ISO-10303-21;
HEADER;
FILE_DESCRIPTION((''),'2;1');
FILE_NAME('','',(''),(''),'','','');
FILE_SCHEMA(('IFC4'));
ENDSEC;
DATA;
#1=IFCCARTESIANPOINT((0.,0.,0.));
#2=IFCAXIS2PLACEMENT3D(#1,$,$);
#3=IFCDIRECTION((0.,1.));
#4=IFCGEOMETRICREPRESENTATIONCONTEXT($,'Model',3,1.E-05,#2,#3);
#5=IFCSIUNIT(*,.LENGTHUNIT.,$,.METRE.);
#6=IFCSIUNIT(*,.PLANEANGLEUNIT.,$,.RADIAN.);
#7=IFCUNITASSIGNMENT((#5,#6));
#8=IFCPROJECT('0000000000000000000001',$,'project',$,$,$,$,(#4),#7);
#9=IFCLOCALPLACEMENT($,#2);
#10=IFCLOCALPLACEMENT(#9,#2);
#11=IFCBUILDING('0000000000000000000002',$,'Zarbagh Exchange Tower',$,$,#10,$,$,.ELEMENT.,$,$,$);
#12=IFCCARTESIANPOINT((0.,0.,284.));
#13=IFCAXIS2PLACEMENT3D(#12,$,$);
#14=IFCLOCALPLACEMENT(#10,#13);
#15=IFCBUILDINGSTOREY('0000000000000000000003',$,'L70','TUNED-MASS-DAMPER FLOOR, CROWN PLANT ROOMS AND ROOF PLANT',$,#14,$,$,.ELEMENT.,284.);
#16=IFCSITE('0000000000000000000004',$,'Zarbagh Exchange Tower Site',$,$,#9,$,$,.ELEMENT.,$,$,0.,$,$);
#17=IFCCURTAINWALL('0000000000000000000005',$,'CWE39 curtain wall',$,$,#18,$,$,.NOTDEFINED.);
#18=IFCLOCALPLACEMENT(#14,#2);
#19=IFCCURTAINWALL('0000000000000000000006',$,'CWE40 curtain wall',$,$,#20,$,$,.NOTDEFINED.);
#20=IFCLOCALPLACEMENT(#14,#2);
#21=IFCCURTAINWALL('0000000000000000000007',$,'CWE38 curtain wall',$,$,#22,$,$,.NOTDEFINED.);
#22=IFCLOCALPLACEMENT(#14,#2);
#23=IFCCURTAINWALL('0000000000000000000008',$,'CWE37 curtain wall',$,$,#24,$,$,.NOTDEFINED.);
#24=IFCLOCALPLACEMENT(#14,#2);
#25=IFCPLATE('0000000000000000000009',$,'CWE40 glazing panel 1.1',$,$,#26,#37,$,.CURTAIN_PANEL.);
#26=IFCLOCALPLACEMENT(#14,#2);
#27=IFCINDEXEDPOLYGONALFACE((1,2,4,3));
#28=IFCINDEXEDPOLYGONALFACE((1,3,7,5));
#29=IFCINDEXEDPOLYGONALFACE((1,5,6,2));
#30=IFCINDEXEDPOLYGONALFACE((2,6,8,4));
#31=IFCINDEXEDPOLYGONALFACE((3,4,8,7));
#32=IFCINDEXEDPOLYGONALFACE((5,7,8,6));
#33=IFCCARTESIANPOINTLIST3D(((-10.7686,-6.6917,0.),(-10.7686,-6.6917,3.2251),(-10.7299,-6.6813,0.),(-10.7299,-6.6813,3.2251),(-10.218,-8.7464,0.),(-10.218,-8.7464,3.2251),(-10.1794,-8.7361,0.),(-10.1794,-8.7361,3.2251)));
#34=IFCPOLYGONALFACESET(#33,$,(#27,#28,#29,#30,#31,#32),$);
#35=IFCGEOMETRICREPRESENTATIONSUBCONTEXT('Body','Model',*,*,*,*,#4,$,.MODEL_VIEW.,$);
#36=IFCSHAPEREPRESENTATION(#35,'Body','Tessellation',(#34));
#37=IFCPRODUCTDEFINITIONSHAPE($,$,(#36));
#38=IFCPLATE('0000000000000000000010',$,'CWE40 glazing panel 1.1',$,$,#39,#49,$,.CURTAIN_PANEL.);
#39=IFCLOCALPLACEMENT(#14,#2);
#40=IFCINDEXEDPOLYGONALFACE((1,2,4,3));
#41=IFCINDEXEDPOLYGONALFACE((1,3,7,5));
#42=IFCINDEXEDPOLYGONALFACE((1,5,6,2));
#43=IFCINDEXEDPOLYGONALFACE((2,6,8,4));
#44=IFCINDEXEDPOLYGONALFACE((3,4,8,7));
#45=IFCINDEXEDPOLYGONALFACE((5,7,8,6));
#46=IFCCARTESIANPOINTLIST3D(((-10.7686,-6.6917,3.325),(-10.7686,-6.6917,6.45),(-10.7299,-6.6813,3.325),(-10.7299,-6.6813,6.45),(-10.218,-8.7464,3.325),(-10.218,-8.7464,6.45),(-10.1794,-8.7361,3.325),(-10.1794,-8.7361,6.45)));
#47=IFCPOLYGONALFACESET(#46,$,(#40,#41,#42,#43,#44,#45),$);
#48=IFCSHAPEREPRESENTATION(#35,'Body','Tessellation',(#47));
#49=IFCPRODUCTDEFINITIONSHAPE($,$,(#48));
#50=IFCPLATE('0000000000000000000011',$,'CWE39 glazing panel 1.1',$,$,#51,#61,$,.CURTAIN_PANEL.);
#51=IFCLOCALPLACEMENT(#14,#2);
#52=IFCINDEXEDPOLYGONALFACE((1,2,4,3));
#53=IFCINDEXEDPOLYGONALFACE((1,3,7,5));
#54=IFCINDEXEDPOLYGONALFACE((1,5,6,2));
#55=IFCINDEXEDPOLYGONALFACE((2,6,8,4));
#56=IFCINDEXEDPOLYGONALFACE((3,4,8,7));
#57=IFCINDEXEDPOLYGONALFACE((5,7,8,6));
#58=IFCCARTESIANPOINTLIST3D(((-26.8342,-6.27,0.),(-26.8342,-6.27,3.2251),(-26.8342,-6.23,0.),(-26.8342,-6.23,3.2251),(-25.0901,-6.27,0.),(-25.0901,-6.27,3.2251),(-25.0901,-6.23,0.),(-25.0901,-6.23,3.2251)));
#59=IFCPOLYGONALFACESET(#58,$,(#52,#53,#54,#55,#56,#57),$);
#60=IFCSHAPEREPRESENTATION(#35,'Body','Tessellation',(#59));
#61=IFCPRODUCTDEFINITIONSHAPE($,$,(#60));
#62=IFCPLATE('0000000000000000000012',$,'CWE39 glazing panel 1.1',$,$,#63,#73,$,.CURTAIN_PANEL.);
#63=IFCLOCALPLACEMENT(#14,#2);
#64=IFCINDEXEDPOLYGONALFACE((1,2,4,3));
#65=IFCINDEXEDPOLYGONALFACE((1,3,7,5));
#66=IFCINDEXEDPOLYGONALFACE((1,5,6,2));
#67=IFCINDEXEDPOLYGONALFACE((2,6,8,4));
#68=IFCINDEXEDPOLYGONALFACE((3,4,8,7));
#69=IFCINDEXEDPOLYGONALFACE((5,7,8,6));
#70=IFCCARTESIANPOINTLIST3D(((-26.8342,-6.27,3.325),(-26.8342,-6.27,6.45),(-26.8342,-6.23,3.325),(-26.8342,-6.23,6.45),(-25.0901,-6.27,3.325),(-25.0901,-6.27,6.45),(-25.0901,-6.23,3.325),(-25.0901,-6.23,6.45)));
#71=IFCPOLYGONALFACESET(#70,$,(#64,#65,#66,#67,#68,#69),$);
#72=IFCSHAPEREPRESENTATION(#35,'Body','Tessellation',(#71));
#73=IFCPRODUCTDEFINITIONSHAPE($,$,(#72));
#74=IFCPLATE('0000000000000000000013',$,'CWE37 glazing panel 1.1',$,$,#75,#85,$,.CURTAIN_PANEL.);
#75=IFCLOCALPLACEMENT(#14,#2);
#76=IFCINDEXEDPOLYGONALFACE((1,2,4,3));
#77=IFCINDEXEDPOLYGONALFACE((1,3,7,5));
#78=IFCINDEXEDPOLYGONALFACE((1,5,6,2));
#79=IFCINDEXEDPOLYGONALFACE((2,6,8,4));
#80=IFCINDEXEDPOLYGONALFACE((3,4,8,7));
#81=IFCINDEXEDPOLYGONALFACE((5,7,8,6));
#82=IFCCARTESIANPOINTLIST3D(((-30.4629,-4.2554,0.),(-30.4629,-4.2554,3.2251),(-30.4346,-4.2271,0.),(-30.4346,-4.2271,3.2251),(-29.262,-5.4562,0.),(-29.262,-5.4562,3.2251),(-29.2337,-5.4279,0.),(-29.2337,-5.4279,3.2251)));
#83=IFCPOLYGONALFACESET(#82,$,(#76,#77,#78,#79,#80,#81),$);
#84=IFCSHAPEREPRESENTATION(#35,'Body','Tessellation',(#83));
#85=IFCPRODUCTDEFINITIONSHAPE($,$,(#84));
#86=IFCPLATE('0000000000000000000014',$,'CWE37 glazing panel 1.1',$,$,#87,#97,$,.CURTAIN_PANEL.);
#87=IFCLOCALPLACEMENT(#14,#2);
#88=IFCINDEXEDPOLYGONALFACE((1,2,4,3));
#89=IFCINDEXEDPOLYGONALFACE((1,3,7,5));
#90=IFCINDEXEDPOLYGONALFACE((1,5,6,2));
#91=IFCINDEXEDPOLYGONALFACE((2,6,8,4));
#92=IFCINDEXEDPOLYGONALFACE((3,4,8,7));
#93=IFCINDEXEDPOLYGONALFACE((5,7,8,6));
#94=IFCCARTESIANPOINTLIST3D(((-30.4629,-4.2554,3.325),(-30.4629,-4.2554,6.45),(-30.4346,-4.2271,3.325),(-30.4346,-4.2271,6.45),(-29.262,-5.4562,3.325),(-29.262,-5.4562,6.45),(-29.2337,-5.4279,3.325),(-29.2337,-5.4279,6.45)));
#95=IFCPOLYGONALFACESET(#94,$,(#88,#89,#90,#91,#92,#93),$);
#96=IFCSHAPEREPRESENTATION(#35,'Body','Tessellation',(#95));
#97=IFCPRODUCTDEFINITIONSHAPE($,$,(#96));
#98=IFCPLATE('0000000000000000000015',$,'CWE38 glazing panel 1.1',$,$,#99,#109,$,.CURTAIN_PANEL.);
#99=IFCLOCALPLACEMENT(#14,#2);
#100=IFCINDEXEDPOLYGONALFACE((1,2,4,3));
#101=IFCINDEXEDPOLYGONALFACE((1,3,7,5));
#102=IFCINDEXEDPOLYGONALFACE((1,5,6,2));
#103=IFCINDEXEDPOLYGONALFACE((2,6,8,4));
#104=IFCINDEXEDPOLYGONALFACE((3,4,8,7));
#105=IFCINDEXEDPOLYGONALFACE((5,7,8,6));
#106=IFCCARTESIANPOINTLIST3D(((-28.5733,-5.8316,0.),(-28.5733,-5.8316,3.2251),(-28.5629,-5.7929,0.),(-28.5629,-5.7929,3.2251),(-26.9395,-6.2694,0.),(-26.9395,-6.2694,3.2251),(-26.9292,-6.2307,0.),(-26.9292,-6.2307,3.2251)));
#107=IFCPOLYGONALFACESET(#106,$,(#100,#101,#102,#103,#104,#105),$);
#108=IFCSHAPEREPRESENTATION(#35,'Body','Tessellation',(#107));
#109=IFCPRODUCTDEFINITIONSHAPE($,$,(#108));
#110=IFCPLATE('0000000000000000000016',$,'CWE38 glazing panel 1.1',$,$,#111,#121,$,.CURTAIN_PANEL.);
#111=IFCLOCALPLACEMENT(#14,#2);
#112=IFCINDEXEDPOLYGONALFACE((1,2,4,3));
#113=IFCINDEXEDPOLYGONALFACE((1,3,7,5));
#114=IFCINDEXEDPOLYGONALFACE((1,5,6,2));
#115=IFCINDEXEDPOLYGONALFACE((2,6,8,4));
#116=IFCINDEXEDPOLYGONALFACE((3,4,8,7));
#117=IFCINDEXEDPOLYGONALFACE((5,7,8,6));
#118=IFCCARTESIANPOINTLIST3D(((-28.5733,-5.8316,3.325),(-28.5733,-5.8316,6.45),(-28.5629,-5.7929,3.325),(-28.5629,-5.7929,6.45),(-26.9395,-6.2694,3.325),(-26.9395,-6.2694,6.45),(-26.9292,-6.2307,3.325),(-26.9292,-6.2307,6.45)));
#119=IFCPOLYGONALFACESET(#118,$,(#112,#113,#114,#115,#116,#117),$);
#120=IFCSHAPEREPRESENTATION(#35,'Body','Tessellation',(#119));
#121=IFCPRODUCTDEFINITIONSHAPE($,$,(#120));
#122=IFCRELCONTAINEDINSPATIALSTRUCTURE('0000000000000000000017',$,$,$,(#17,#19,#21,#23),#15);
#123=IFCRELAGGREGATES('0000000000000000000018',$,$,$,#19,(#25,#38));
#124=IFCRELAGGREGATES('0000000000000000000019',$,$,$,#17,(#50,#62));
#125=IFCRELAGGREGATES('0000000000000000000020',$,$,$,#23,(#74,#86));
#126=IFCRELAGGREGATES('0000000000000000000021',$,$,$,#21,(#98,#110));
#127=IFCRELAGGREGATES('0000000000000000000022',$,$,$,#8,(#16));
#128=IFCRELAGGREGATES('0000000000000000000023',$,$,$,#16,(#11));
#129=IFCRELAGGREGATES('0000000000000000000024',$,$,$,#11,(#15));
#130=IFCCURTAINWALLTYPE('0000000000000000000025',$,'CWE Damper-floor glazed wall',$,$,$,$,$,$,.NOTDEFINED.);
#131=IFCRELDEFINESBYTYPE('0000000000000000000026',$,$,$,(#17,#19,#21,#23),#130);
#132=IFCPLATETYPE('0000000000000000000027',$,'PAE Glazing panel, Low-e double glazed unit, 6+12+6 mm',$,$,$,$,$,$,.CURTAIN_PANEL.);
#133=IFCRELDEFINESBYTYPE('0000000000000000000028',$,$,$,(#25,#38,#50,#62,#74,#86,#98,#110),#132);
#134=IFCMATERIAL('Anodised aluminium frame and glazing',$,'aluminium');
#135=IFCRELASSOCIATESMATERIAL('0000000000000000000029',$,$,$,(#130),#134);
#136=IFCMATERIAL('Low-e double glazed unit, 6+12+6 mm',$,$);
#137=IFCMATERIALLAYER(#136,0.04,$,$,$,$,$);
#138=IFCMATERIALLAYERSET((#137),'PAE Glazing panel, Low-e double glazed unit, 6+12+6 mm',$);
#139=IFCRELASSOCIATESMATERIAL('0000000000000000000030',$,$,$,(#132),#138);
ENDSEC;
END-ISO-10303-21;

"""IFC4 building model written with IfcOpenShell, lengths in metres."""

from ifc_helpers import new_model, si_unit, direction, frame, origin, place, context, subcontext, project, spatial, polyline, outline, extrude, source, transform, mapped, material, layer, layer_set, type_object, element, aggregate, save


model = new_model("IFC4")

# Units and contexts
model_context = context("Model", 3, precision=1e-05, world=origin(), true_north=direction((0.0, 1.0)))
body_context = subcontext(model_context, "Body", "Model", "MODEL_VIEW")
ifc_project = project(units=[si_unit("LENGTHUNIT", "METRE"), si_unit("PLANEANGLEUNIT", "RADIAN")], contexts=[model_context])

# Site, building, storey
site_placement = place(None, origin())
site = spatial("IfcSite", under=ifc_project, at=site_placement, Name="Zarbagh Exchange Tower Site", CompositionType="ELEMENT", RefElevation=0.0)
building_placement = place(site_placement, origin())
building = spatial("IfcBuilding", under=site, at=building_placement, Name="Zarbagh Exchange Tower", CompositionType="ELEMENT")
storey_placement = place(building_placement, frame((0.0, 0.0, 284.0)))
storey = spatial("IfcBuildingStorey", under=building, at=storey_placement, Name="L70", Description="TUNED-MASS-DAMPER FLOOR, CROWN PLANT ROOMS AND ROOF PLANT", CompositionType="ELEMENT", Elevation=284.0)

# Curtain wall
ifc_material_1 = material(Name="Anodised aluminium frame and glazing", Category="aluminium")
curtain_wall_type = type_object("IfcCurtainWallType", Name="CWE Damper-floor glazed wall", PredefinedType="NOTDEFINED", material=ifc_material_1)
curtain_wall_1_placement = place(storey_placement, origin())
curtain_wall_1 = element("IfcCurtainWall", 1, at=curtain_wall_1_placement, inside=storey, type_object=curtain_wall_type, Name="CWE39 curtain wall", PredefinedType="NOTDEFINED")
placement = place(storey_placement, origin())

# Curtain wall
curtain_wall_2_placement = place(storey_placement, origin())
curtain_wall_2 = element("IfcCurtainWall", 2, at=curtain_wall_2_placement, inside=storey, type_object=curtain_wall_type, Name="CWE40 curtain wall", PredefinedType="NOTDEFINED")

# Curtain wall
curtain_wall_3_placement = place(storey_placement, origin())
curtain_wall_3 = element("IfcCurtainWall", 3, at=curtain_wall_3_placement, inside=storey, type_object=curtain_wall_type, Name="CWE38 curtain wall", PredefinedType="NOTDEFINED")

# Curtain wall
curtain_wall_4_placement = place(storey_placement, origin())
curtain_wall_4 = element("IfcCurtainWall", 4, at=curtain_wall_4_placement, inside=storey, type_object=curtain_wall_type, Name="CWE37 curtain wall", PredefinedType="NOTDEFINED")

# Plates
ifc_material_2 = material(Name="Low-e double glazed unit, 6+12+6 mm")
ifc_layer = layer(ifc_material_2, 0.04)
ifc_layer_set = layer_set([ifc_layer], Name="PAE Glazing panel, Low-e double glazed unit, 6+12+6 mm")
plate_type = type_object("IfcPlateType", Name="PAE Glazing panel, Low-e double glazed unit, 6+12+6 mm", PredefinedType="CURTAIN_PANEL", material=ifc_layer_set)
shared_shape_1 = source(origin(), body_context, "Body", "SweptSolid", [
    extrude(outline(polyline([(0.0, -0.02), (2.1272, -0.02), (2.1272, 0.02), (0.0, 0.02), (0.0, -0.02)])), origin(), (0.0, 0.0, 1.0), 3.2251),
])
plate_1 = element("IfcPlate", 5, at=placement, type_object=plate_type, Name="CWE40 glazing panel 1.1", PredefinedType="CURTAIN_PANEL", context=body_context, shape_type="MappedRepresentation", body=[
    mapped(shared_shape_1, transform((-10.7493, -6.6865, 0.0), x_axis=(0.258825, -0.965924, 0.0), y_axis=(0.965924, 0.258825, 0.0), z_axis=(0.0, 0.0, 1.0))),
])
shared_shape_2 = source(origin(), body_context, "Body", "SweptSolid", [
    extrude(outline(polyline([(0.0, -0.02), (2.1272, -0.02), (2.1272, 0.02), (0.0, 0.02), (0.0, -0.02)])), origin(), (0.0, 0.0, 1.0), 3.125),
])
plate_2 = element("IfcPlate", 6, at=placement, type_object=plate_type, Name="CWE40 glazing panel 1.1", PredefinedType="CURTAIN_PANEL", context=body_context, shape_type="MappedRepresentation", body=[
    mapped(shared_shape_2, transform((-10.7493, -6.6865, 3.325), x_axis=(0.258825, -0.965924, 0.0), y_axis=(0.965924, 0.258825, 0.0), z_axis=(0.0, 0.0, 1.0))),
])
aggregate(curtain_wall_2, [plate_1, plate_2])
shared_shape_3 = source(origin(), body_context, "Body", "SweptSolid", [
    extrude(outline(polyline([(0.0, -0.02), (1.7441, -0.02), (1.7441, 0.02), (0.0, 0.02), (0.0, -0.02)])), origin(), (0.0, 0.0, 1.0), 3.2251),
])
plate_3 = element("IfcPlate", 7, at=placement, type_object=plate_type, Name="CWE39 glazing panel 1.1", PredefinedType="CURTAIN_PANEL", context=body_context, shape_type="MappedRepresentation", body=[
    mapped(shared_shape_3, transform((-26.8342, -6.25, 0.0), x_axis=(1.0, 0.0, 0.0), y_axis=(0.0, 1.0, 0.0), z_axis=(0.0, 0.0, 1.0))),
])
shared_shape_4 = source(origin(), body_context, "Body", "SweptSolid", [
    extrude(outline(polyline([(0.0, -0.02), (1.7441, -0.02), (1.7441, 0.02), (0.0, 0.02), (0.0, -0.02)])), origin(), (0.0, 0.0, 1.0), 3.125),
])
plate_4 = element("IfcPlate", 8, at=placement, type_object=plate_type, Name="CWE39 glazing panel 1.1", PredefinedType="CURTAIN_PANEL", context=body_context, shape_type="MappedRepresentation", body=[
    mapped(shared_shape_4, transform((-26.8342, -6.25, 3.325), x_axis=(1.0, 0.0, 0.0), y_axis=(0.0, 1.0, 0.0), z_axis=(0.0, 0.0, 1.0))),
])
aggregate(curtain_wall_1, [plate_3, plate_4])
shared_shape_5 = source(origin(), body_context, "Body", "SweptSolid", [
    extrude(outline(polyline([(0.0, -0.02), (1.6982, -0.02), (1.6982, 0.02), (0.0, 0.02), (0.0, -0.02)])), origin(), (0.0, 0.0, 1.0), 3.2251),
])
plate_5 = element("IfcPlate", 9, at=placement, type_object=plate_type, Name="CWE37 glazing panel 1.1", PredefinedType="CURTAIN_PANEL", context=body_context, shape_type="MappedRepresentation", body=[
    mapped(shared_shape_5, transform((-30.4487, -4.2412, 0.0), x_axis=(0.707107, -0.707107, 0.0), y_axis=(0.707107, 0.707107, 0.0), z_axis=(0.0, 0.0, 1.0))),
])
shared_shape_6 = source(origin(), body_context, "Body", "SweptSolid", [
    extrude(outline(polyline([(0.0, -0.02), (1.6982, -0.02), (1.6982, 0.02), (0.0, 0.02), (0.0, -0.02)])), origin(), (0.0, 0.0, 1.0), 3.125),
])
plate_6 = element("IfcPlate", 10, at=placement, type_object=plate_type, Name="CWE37 glazing panel 1.1", PredefinedType="CURTAIN_PANEL", context=body_context, shape_type="MappedRepresentation", body=[
    mapped(shared_shape_6, transform((-30.4487, -4.2412, 3.325), x_axis=(0.707107, -0.707107, 0.0), y_axis=(0.707107, 0.707107, 0.0), z_axis=(0.0, 0.0, 1.0))),
])
aggregate(curtain_wall_4, [plate_5, plate_6])
shared_shape_7 = source(origin(), body_context, "Body", "SweptSolid", [
    extrude(outline(polyline([(0.0, -0.02), (1.6914, -0.02), (1.6914, 0.02), (0.0, 0.02), (0.0, -0.02)])), origin(), (0.0, 0.0, 1.0), 3.2251),
])
plate_7 = element("IfcPlate", 11, at=placement, type_object=plate_type, Name="CWE38 glazing panel 1.1", PredefinedType="CURTAIN_PANEL", context=body_context, shape_type="MappedRepresentation", body=[
    mapped(shared_shape_7, transform((-28.5681, -5.8123, 0.0), x_axis=(0.965924, -0.258825, 0.0), y_axis=(0.258825, 0.965924, 0.0), z_axis=(0.0, 0.0, 1.0))),
])
shared_shape_8 = source(origin(), body_context, "Body", "SweptSolid", [
    extrude(outline(polyline([(0.0, -0.02), (1.6914, -0.02), (1.6914, 0.02), (0.0, 0.02), (0.0, -0.02)])), origin(), (0.0, 0.0, 1.0), 3.125),
])
plate_8 = element("IfcPlate", 12, at=placement, type_object=plate_type, Name="CWE38 glazing panel 1.1", PredefinedType="CURTAIN_PANEL", context=body_context, shape_type="MappedRepresentation", body=[
    mapped(shared_shape_8, transform((-28.5681, -5.8123, 3.325), x_axis=(0.965924, -0.258825, 0.0), y_axis=(0.258825, 0.965924, 0.0), z_axis=(0.0, 0.0, 1.0))),
])
aggregate(curtain_wall_3, [plate_7, plate_8])

save(model, "model.ifc")
